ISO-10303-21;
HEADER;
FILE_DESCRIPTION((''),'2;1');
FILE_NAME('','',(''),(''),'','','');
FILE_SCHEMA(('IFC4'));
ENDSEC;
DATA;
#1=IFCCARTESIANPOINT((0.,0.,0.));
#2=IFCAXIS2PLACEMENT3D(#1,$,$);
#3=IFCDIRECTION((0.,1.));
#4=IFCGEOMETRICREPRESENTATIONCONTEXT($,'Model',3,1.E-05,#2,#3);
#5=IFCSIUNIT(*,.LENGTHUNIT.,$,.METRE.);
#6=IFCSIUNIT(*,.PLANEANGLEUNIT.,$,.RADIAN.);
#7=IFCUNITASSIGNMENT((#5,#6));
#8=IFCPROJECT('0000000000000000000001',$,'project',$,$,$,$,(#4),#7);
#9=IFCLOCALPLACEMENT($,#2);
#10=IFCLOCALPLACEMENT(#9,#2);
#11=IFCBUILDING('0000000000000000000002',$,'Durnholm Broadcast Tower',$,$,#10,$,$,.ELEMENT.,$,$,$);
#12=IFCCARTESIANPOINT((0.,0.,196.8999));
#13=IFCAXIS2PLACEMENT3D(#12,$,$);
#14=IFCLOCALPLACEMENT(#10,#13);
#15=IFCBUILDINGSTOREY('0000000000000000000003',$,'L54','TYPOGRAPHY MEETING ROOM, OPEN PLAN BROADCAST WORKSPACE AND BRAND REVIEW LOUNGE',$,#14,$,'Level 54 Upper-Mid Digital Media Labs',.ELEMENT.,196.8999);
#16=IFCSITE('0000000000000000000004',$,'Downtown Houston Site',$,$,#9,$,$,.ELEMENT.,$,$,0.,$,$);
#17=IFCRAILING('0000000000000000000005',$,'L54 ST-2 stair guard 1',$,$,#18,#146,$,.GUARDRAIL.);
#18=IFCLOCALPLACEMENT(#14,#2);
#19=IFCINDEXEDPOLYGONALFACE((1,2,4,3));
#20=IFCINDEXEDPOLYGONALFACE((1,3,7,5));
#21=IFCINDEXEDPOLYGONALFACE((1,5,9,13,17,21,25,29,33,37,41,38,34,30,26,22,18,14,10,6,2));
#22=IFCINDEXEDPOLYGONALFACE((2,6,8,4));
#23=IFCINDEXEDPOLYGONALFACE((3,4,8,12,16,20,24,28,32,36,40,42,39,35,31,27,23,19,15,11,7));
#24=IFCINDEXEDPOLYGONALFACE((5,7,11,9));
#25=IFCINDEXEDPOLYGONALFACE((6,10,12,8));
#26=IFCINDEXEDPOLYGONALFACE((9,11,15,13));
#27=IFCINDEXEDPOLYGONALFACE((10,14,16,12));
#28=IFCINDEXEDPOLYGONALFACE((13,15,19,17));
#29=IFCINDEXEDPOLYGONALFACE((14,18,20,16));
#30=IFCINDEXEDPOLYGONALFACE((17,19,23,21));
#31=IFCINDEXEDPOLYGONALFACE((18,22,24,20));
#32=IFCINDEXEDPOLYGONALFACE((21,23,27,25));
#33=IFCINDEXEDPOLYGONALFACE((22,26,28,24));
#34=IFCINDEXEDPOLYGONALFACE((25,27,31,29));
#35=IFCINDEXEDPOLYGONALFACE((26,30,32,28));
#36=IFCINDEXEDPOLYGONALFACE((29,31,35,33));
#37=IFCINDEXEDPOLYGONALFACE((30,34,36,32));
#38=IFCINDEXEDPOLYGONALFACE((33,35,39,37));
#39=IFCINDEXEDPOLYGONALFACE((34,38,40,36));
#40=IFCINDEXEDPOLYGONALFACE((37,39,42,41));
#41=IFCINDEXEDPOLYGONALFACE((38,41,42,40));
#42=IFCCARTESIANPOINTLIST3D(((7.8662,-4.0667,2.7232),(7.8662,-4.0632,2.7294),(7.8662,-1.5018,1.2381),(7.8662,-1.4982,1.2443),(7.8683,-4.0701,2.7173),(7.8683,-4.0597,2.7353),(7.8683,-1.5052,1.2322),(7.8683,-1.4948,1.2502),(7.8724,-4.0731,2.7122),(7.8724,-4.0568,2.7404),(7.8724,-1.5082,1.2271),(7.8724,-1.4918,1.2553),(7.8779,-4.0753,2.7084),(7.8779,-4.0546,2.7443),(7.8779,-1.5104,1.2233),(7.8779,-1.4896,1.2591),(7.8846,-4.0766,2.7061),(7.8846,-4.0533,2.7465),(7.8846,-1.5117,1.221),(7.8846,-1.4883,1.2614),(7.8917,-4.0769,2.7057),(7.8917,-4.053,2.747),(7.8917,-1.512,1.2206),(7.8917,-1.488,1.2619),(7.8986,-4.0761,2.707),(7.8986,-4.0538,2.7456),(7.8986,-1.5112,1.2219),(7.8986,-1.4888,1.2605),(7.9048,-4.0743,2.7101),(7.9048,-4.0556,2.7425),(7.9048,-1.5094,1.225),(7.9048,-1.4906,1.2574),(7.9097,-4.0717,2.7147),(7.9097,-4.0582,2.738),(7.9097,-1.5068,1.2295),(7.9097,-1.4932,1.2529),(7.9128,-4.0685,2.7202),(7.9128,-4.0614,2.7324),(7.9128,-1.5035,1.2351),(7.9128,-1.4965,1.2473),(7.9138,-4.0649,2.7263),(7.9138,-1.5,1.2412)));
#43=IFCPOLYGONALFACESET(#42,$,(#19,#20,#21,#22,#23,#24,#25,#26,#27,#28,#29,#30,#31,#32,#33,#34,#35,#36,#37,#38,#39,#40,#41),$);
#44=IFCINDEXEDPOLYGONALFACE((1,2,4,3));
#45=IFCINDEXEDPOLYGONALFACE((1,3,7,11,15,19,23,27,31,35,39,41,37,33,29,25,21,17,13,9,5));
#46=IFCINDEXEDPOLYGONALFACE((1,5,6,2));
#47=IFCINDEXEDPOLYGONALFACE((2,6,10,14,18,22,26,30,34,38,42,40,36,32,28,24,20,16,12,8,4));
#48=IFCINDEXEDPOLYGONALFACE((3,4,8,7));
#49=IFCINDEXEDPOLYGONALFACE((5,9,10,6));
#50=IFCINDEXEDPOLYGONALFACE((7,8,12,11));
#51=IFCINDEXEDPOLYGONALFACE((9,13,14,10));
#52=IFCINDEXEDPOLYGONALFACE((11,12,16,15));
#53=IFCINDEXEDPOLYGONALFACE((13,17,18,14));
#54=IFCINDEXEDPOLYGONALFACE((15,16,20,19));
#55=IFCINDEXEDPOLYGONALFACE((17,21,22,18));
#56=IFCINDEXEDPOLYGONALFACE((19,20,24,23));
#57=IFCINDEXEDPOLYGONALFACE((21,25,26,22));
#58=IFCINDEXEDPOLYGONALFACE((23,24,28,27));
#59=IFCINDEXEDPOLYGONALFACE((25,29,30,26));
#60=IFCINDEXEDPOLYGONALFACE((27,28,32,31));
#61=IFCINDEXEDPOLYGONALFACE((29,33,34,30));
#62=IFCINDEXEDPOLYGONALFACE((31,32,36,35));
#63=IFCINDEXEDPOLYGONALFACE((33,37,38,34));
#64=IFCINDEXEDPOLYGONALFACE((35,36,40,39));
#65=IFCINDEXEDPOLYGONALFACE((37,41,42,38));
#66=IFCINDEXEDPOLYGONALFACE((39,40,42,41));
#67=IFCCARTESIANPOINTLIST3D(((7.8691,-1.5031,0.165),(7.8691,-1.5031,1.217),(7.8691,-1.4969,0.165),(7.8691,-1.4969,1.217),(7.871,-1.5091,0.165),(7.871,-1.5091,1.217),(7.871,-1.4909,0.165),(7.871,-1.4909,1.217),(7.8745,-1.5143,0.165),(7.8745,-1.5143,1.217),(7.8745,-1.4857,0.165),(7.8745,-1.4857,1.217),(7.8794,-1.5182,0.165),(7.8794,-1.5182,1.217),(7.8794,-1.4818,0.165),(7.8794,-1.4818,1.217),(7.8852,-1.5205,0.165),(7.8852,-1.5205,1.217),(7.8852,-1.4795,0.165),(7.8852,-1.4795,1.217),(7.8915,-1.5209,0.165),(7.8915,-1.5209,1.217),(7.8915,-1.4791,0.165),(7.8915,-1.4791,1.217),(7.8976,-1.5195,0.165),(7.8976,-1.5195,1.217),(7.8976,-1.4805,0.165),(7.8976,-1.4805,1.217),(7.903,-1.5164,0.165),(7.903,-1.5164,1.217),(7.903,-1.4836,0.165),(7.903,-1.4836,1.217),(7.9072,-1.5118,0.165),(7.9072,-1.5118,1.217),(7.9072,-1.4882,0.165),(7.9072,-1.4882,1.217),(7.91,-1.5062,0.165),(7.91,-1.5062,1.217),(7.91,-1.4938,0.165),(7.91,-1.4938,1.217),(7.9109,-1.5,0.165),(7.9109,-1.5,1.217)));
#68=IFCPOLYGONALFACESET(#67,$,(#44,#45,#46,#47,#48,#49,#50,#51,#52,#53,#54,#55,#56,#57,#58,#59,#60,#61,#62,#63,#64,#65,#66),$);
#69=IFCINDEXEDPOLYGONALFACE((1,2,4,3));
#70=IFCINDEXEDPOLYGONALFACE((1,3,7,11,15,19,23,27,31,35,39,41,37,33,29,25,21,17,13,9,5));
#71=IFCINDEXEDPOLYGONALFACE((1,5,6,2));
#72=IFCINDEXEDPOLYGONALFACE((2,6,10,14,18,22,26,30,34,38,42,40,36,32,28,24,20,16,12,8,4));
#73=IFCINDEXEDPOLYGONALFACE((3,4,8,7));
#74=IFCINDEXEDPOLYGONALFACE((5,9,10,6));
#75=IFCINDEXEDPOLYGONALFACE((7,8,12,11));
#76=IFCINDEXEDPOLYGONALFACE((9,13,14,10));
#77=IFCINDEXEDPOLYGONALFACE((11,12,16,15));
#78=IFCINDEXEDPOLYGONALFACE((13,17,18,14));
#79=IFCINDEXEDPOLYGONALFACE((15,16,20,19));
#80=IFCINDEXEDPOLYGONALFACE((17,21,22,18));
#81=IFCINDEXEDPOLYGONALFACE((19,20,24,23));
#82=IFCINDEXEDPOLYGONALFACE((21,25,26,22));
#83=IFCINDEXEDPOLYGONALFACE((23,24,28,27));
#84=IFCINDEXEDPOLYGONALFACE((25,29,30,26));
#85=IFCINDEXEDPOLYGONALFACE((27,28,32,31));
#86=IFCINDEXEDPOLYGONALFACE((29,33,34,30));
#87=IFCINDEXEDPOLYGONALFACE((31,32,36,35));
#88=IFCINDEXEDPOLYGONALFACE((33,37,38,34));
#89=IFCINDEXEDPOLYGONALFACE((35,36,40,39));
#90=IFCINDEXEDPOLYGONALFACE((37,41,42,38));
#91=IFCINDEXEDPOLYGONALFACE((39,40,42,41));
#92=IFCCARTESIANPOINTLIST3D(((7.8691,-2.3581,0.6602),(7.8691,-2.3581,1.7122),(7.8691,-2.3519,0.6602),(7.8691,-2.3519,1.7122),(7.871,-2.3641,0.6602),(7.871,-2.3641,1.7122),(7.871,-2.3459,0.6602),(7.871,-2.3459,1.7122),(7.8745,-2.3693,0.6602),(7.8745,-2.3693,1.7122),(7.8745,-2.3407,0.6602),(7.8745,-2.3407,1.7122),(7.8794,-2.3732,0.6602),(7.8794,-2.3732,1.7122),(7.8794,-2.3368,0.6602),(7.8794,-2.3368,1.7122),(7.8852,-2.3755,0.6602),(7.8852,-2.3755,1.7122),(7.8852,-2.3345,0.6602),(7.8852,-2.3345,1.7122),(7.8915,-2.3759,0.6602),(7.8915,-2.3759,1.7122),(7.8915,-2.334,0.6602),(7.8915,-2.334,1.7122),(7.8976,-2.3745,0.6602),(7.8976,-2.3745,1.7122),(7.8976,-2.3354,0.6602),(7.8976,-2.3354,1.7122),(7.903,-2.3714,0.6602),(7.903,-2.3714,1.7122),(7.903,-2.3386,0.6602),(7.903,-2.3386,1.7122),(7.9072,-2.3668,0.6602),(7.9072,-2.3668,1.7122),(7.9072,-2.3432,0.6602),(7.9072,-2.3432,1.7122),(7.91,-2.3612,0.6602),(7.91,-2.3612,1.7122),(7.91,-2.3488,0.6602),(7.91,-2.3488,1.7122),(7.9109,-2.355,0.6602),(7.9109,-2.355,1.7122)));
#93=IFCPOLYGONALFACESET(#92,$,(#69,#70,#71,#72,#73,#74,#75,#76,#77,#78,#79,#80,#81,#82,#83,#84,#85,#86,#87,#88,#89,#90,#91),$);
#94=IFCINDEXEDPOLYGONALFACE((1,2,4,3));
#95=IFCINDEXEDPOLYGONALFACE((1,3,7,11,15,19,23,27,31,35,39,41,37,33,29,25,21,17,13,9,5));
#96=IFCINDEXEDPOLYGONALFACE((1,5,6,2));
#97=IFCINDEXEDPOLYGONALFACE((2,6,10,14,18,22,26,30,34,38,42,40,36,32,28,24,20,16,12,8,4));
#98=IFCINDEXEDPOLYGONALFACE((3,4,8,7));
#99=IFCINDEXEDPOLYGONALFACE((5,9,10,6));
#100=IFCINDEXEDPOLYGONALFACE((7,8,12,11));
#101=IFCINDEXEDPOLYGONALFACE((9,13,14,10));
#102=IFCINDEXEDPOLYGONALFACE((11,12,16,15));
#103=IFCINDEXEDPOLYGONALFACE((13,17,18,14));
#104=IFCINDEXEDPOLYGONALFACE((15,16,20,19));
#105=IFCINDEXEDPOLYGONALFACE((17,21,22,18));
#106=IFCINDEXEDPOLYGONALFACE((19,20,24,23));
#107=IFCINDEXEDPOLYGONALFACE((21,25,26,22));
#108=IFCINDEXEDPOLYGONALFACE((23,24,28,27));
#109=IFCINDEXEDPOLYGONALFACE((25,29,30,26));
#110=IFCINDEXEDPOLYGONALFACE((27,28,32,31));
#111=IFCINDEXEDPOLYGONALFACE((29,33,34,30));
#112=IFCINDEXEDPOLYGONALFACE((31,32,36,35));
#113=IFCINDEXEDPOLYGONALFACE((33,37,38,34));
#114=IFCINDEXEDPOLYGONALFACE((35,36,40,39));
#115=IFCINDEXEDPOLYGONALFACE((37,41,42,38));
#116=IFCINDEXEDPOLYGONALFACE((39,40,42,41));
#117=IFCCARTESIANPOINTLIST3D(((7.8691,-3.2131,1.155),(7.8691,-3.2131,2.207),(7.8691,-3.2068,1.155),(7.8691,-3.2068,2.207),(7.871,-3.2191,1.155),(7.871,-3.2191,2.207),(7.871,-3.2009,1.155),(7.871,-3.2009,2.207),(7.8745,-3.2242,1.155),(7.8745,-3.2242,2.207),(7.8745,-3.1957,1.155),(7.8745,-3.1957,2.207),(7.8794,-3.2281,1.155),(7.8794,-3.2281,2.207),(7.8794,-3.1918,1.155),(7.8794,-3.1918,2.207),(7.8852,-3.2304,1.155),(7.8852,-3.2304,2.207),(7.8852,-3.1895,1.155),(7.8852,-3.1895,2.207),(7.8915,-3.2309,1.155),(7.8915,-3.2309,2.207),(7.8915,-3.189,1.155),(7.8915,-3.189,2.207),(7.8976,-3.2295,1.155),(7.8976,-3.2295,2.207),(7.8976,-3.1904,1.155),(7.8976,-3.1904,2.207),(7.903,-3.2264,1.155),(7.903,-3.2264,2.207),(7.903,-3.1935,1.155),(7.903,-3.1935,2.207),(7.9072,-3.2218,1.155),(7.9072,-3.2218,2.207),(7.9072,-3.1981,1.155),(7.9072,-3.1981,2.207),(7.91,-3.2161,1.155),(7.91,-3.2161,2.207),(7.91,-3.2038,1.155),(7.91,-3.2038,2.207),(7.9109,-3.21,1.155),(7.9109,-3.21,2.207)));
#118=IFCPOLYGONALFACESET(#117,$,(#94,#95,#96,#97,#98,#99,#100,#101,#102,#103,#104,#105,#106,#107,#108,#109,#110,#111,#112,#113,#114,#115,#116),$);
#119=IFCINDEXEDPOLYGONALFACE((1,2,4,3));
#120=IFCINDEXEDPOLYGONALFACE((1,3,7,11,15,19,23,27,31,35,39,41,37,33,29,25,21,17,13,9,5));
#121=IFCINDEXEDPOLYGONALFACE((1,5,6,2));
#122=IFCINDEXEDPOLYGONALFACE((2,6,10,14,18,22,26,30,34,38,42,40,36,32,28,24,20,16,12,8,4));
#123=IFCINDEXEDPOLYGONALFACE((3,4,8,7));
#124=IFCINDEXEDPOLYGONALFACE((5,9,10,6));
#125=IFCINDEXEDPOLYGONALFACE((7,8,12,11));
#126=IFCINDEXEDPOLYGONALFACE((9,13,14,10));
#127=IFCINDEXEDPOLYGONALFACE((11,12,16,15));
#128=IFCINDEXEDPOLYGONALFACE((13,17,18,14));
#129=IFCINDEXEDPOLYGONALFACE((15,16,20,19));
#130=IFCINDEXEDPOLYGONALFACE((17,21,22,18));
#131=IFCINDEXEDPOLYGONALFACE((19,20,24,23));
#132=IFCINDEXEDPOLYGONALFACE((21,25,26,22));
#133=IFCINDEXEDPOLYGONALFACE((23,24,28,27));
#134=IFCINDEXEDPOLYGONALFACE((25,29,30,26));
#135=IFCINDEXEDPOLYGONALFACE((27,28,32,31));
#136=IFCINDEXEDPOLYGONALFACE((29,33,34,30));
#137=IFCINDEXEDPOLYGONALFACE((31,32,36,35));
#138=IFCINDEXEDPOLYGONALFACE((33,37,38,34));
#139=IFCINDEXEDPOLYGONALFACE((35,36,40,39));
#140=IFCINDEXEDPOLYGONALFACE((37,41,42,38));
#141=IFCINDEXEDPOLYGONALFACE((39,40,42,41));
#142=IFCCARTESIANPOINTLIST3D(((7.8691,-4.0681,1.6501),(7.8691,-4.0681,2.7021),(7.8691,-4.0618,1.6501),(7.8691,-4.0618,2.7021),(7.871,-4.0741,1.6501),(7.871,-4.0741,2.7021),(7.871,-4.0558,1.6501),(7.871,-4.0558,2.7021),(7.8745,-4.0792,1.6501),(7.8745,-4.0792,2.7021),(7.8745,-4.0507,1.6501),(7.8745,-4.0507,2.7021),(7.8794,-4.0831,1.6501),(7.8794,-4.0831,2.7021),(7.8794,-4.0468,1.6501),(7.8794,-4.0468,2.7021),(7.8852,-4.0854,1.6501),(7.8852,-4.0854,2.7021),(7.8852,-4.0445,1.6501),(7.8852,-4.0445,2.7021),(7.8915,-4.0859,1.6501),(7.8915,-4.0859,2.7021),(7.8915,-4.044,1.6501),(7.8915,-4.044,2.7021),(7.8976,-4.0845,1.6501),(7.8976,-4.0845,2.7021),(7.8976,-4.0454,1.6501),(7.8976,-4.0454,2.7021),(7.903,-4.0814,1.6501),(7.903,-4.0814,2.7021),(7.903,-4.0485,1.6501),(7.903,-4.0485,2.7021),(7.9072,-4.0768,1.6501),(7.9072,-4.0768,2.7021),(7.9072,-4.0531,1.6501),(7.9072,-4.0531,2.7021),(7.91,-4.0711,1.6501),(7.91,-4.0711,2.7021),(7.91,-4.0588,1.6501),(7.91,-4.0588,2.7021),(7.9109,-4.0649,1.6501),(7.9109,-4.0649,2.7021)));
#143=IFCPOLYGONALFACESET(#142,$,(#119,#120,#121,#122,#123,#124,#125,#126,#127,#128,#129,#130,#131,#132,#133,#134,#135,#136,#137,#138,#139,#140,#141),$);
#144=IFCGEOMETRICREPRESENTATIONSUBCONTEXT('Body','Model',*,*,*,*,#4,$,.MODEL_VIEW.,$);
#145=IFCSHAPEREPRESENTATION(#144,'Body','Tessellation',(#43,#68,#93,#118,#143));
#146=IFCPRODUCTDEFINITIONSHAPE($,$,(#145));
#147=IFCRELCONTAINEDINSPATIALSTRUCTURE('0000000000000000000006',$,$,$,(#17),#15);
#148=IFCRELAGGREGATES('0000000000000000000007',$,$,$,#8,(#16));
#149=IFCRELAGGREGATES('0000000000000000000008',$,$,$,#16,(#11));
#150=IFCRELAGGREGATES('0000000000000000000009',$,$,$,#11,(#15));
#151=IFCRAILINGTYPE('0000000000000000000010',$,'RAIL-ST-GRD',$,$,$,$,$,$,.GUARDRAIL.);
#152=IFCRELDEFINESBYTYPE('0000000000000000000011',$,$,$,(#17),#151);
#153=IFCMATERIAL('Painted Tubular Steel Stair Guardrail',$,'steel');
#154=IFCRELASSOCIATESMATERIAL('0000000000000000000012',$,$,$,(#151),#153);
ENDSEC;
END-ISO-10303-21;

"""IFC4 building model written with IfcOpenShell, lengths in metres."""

from ifc_helpers import new_model, si_unit, direction, frame, origin, origin_2d, place, context, subcontext, project, spatial, circle, extrude, material, type_object, element, save


model = new_model("IFC4")

# Units and contexts
model_context = context("Model", 3, precision=1e-05, world=origin(), true_north=direction((0.0, 1.0)))
body_context = subcontext(model_context, "Body", "Model", "MODEL_VIEW")
ifc_project = project(units=[si_unit("LENGTHUNIT", "METRE"), si_unit("PLANEANGLEUNIT", "RADIAN")], contexts=[model_context])

# Site, building, storey
site_placement = place(None, origin())
site = spatial("IfcSite", under=ifc_project, at=site_placement, Name="Downtown Houston Site", CompositionType="ELEMENT", RefElevation=0.0)
building_placement = place(site_placement, origin())
building = spatial("IfcBuilding", under=site, at=building_placement, Name="Durnholm Broadcast Tower", CompositionType="ELEMENT")
storey_placement = place(building_placement, frame((0.0, 0.0, 196.8999)))
storey = spatial("IfcBuildingStorey", under=building, at=storey_placement, Name="L54", Description="TYPOGRAPHY MEETING ROOM, OPEN PLAN BROADCAST WORKSPACE AND BRAND REVIEW LOUNGE", LongName="Level 54 Upper-Mid Digital Media Labs", CompositionType="ELEMENT", Elevation=196.8999)

# Railing
ifc_material_1 = material(Name="Painted Tubular Steel Stair Guardrail", Category="steel")
railing_type_1 = type_object("IfcRailingType", Name="RAIL-ST-GRD", PredefinedType="GUARDRAIL", material=ifc_material_1)
railing_1_placement = place(storey_placement, frame((7.8899, -1.5, 0.165)))
element("IfcRailing", 1, at=railing_1_placement, inside=storey, type_object=railing_type_1, Name="L54 ST-2 stair guard 1", PredefinedType="GUARDRAIL", context=body_context, shape_type="SweptSolid", body=[
    extrude(circle(Radius=0.0239, at=origin_2d()), frame((0.0, 0.0, 1.0762), z_axis=(0.0, -0.865406, 0.501072), x_axis=(1.0, 0.0, 0.0)), (0.0, 0.0, 1.0), 2.9639),
    extrude(circle(Radius=0.021, at=origin_2d()), origin(), (0.0, 0.0, 1.0), 1.052),
    extrude(circle(Radius=0.021, at=origin_2d()), frame((0.0, -0.855, 0.4951)), (0.0, 0.0, 1.0), 1.052),
    extrude(circle(Radius=0.021, at=origin_2d()), frame((0.0, -1.71, 0.99)), (0.0, 0.0, 1.0), 1.052),
    extrude(circle(Radius=0.021, at=origin_2d()), frame((0.0, -2.5649, 1.4851)), (0.0, 0.0, 1.0), 1.052),
])

save(model, "model.ifc")
